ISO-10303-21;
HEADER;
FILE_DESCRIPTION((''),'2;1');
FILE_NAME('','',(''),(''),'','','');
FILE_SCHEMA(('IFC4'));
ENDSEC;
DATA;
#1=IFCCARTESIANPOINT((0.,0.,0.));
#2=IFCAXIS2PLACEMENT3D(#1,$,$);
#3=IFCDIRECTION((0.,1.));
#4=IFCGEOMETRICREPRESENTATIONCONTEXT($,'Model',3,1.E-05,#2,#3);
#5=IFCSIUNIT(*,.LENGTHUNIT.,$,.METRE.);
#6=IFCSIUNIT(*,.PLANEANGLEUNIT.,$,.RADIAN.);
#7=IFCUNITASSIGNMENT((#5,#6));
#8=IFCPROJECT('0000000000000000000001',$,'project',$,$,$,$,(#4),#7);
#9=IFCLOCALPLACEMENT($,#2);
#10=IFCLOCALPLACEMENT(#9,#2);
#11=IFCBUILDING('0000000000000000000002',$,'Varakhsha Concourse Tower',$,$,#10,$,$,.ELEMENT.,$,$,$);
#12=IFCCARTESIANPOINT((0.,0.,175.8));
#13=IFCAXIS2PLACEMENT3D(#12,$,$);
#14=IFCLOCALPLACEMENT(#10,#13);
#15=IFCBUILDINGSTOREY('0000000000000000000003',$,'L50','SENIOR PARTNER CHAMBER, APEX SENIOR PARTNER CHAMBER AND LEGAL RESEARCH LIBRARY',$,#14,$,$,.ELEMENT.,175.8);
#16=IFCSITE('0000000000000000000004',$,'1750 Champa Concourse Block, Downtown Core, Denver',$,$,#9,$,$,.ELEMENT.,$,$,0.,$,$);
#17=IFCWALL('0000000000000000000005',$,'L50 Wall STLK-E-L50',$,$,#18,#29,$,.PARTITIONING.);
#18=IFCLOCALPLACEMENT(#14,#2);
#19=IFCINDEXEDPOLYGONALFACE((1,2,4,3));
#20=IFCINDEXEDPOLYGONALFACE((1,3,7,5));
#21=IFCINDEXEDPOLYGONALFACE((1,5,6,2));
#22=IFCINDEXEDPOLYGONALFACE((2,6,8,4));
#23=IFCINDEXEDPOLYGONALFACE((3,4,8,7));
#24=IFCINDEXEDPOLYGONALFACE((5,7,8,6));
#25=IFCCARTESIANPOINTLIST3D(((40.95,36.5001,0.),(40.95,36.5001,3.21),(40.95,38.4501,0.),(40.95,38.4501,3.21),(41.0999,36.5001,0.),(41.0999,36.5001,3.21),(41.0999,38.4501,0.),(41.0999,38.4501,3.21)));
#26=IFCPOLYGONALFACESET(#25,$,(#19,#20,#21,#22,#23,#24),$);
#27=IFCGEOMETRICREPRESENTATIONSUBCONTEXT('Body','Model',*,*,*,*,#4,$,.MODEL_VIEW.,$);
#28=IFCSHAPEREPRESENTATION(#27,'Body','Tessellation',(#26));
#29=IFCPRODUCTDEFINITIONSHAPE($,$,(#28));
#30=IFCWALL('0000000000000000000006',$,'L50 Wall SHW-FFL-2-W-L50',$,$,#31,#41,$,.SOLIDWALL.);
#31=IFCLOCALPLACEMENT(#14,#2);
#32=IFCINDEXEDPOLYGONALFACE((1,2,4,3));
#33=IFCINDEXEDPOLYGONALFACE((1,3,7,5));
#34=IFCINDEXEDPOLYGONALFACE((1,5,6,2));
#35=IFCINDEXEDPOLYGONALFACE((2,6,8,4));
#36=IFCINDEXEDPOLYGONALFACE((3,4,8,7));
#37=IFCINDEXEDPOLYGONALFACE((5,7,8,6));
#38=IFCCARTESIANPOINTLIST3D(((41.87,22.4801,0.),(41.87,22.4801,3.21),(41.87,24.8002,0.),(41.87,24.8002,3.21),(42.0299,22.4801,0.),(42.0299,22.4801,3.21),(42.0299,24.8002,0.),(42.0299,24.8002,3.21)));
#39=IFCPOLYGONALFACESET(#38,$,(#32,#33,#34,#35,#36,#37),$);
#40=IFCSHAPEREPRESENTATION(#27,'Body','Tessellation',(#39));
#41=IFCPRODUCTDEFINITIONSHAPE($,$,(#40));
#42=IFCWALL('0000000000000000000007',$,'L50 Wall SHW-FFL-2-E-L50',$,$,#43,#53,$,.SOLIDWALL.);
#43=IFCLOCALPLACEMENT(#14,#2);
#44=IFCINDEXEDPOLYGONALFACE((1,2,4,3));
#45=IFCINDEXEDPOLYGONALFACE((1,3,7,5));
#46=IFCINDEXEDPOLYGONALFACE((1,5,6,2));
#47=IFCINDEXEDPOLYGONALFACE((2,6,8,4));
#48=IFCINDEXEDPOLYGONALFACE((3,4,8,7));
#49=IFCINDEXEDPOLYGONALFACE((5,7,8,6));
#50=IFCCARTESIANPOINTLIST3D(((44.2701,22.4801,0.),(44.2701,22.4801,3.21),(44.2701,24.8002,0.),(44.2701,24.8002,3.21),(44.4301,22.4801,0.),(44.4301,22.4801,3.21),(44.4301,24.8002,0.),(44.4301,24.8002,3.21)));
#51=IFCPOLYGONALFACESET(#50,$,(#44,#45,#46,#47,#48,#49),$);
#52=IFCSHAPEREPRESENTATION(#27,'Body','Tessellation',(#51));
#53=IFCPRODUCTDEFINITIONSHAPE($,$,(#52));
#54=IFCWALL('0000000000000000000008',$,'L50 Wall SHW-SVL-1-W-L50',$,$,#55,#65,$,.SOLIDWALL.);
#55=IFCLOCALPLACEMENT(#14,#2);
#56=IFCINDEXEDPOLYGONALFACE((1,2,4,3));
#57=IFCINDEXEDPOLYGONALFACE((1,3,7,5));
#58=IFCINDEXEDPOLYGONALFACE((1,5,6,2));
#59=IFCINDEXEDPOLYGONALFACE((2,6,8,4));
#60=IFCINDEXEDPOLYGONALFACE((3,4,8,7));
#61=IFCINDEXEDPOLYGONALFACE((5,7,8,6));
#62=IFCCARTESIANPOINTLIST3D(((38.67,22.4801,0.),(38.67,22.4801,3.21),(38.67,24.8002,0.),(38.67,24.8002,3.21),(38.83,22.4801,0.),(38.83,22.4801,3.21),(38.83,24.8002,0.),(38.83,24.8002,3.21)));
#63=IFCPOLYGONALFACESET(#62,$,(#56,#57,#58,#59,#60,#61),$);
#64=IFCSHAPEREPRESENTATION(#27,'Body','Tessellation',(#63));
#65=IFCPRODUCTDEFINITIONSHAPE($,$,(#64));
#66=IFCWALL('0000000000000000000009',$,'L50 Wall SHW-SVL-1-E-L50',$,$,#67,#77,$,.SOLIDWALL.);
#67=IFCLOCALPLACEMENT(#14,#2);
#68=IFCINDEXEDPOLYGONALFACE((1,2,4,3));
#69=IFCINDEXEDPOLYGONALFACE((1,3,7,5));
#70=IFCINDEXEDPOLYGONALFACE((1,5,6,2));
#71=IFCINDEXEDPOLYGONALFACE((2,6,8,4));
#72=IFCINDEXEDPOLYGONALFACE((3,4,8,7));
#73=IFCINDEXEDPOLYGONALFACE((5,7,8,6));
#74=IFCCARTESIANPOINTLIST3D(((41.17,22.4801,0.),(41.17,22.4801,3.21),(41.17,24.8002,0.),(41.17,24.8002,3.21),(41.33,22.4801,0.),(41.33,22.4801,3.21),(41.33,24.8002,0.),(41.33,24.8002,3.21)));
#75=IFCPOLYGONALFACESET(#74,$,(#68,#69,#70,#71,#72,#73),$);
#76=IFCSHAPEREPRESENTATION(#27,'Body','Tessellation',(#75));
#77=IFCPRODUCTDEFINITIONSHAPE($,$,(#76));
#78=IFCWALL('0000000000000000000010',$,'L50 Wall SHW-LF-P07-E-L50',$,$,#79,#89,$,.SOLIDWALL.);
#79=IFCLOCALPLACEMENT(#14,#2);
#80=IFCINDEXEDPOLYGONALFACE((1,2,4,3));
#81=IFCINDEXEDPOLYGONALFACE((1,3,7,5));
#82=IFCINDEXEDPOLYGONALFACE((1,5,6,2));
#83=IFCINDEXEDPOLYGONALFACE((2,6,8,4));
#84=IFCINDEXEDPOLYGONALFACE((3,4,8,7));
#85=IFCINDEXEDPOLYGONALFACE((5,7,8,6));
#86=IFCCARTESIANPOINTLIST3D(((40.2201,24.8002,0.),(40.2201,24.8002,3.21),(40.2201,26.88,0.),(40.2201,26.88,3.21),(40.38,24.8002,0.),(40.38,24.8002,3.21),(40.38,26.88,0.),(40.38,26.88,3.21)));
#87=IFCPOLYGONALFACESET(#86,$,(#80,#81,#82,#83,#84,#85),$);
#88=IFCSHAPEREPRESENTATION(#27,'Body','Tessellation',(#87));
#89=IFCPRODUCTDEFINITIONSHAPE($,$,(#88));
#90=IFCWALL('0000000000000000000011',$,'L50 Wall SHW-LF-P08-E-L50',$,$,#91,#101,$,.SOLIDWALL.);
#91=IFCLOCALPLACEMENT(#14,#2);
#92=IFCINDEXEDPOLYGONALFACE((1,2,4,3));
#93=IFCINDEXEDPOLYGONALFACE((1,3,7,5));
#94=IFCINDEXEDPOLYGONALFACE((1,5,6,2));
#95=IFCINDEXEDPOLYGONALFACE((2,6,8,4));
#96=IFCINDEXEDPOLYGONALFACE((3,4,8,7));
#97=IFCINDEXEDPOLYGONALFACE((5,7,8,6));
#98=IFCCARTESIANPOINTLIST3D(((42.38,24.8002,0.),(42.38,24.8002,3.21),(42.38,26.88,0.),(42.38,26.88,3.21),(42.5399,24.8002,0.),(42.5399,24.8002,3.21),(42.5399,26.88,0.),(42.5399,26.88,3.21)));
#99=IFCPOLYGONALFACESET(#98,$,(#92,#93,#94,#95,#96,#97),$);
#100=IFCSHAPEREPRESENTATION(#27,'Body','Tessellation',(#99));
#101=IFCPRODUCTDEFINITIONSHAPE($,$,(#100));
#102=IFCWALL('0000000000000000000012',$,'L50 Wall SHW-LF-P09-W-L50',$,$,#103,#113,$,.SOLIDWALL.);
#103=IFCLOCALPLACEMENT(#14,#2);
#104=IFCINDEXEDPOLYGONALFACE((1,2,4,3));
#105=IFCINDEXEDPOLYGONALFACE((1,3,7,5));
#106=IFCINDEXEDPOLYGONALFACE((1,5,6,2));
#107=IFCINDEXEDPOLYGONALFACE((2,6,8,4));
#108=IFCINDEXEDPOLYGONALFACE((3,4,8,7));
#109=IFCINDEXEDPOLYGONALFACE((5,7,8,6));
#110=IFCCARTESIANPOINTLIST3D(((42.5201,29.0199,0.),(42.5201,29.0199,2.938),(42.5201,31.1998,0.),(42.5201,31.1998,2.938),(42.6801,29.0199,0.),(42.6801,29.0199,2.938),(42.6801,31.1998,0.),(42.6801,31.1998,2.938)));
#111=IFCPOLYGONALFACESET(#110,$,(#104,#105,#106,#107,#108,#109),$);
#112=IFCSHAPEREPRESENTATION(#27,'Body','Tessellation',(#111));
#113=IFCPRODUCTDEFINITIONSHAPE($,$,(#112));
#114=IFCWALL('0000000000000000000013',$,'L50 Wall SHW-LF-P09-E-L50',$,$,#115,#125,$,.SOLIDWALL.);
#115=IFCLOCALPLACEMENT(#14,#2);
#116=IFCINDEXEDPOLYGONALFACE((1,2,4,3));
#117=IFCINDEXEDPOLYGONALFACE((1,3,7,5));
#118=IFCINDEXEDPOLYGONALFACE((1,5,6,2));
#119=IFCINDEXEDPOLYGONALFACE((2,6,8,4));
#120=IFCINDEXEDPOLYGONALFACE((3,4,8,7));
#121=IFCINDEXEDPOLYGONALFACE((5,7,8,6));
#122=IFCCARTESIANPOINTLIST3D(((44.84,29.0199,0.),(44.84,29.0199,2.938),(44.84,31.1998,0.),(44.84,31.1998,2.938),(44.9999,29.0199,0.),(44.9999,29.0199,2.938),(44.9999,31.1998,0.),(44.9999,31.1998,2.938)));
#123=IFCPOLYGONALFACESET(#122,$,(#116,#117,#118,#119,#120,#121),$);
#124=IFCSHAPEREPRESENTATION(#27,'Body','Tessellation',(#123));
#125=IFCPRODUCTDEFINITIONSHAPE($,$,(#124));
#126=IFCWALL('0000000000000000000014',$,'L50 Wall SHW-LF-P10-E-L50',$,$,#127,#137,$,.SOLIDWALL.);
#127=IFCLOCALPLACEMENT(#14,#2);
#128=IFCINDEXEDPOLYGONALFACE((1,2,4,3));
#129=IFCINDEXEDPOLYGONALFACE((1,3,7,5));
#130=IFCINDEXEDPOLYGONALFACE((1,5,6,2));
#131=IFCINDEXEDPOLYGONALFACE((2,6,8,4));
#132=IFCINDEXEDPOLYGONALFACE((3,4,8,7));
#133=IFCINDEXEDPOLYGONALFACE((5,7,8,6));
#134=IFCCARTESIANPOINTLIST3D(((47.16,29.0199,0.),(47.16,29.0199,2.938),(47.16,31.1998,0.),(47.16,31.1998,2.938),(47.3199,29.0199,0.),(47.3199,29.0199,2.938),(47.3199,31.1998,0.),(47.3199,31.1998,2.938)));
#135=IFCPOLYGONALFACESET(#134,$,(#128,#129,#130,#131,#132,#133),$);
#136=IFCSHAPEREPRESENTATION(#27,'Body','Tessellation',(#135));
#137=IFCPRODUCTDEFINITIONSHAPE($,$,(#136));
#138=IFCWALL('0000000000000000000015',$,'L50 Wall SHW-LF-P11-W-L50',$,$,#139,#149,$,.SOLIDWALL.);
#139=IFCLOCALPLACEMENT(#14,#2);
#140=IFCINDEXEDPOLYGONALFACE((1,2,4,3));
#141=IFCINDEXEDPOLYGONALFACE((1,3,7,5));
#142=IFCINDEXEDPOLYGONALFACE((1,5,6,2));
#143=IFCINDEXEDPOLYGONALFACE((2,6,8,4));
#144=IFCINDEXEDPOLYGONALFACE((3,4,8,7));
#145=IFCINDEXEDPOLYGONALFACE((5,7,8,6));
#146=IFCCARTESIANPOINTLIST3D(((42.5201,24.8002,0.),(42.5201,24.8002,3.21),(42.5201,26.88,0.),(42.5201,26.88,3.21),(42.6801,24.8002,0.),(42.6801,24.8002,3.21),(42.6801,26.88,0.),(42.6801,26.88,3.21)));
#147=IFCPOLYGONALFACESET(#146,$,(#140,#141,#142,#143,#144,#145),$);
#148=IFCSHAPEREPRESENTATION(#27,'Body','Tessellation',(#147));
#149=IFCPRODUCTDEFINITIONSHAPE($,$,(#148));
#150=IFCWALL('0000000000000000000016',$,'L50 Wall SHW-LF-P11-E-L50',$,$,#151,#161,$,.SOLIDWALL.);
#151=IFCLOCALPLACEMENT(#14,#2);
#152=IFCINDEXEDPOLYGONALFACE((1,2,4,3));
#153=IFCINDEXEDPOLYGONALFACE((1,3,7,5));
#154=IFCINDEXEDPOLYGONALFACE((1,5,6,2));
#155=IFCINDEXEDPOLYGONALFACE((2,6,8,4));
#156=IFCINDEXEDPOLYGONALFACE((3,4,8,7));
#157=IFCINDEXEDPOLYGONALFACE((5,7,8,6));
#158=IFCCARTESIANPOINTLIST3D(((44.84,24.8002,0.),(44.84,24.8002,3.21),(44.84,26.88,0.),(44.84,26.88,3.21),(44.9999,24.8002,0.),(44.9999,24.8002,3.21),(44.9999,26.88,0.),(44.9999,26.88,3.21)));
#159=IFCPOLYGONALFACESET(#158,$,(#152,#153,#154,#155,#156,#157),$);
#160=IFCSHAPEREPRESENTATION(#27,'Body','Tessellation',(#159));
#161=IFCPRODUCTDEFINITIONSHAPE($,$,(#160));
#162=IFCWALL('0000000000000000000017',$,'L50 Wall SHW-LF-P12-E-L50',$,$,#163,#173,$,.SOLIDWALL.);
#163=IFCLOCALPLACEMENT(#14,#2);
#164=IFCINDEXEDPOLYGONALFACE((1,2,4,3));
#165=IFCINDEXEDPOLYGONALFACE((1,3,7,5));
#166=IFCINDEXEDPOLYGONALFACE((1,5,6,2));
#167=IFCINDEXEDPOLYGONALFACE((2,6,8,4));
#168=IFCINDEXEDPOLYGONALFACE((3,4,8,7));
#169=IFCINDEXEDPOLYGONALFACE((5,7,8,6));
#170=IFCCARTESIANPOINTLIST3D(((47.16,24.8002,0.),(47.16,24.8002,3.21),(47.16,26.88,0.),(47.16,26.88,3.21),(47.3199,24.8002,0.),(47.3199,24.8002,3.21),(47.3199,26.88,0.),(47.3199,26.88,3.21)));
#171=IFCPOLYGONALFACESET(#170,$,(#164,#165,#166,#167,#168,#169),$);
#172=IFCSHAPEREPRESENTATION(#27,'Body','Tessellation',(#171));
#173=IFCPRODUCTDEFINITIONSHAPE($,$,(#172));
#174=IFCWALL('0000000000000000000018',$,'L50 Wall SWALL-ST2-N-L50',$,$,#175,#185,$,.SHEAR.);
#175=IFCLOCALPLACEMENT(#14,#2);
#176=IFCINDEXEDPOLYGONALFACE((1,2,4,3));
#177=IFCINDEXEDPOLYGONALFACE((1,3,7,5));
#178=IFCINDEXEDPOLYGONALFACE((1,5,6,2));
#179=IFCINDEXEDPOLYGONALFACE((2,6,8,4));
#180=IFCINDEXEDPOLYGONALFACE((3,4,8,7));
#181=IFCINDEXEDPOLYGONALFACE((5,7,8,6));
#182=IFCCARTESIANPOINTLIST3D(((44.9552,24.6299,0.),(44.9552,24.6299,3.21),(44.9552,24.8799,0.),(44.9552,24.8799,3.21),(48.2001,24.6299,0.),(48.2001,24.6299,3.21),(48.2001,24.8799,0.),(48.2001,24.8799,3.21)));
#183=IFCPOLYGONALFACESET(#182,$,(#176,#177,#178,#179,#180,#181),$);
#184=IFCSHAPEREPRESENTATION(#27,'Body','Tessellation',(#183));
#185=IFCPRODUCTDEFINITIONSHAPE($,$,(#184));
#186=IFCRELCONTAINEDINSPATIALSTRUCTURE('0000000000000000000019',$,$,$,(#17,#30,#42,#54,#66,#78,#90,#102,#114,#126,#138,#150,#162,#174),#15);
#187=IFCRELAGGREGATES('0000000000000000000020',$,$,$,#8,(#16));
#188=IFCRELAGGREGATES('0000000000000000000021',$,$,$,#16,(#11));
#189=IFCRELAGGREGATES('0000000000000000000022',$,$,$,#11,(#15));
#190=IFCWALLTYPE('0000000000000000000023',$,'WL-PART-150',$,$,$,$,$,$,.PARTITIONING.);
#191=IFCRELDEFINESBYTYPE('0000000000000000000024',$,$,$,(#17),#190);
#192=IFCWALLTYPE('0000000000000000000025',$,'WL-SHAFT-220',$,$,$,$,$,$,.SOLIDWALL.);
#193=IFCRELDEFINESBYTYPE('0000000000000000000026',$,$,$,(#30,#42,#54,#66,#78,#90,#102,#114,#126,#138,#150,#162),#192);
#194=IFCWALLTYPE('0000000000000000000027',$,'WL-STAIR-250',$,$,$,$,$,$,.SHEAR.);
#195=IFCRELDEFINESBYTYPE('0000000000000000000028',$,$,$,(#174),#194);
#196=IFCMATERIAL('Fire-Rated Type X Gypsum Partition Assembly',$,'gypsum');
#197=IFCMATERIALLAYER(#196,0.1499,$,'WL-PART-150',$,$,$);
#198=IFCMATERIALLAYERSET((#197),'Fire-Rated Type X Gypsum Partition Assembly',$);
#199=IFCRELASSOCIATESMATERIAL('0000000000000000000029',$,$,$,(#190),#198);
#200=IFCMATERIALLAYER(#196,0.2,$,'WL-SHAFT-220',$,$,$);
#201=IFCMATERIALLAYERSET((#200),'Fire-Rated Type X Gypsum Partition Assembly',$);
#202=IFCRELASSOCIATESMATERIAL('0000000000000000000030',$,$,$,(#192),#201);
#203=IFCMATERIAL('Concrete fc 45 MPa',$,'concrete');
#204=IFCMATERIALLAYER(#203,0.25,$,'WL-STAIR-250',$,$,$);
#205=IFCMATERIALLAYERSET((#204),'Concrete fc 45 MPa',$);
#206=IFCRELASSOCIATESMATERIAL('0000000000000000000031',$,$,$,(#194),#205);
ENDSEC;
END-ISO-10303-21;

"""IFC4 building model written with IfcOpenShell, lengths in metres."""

from ifc_helpers import new_model, si_unit, direction, frame, frame_2d, origin, place, context, subcontext, project, spatial, rectangle, extrude, material, layer, layer_set, type_object, element, save


model = new_model("IFC4")

# Units and contexts
model_context = context("Model", 3, precision=1e-05, world=origin(), true_north=direction((0.0, 1.0)))
body_context = subcontext(model_context, "Body", "Model", "MODEL_VIEW")
ifc_project = project(units=[si_unit("LENGTHUNIT", "METRE"), si_unit("PLANEANGLEUNIT", "RADIAN")], contexts=[model_context])

# Site, building, storey
site_placement = place(None, origin())
site = spatial("IfcSite", under=ifc_project, at=site_placement, Name="1750 Champa Concourse Block, Downtown Core, Denver", CompositionType="ELEMENT", RefElevation=0.0)
building_placement = place(site_placement, origin())
building = spatial("IfcBuilding", under=site, at=building_placement, Name="Varakhsha Concourse Tower", CompositionType="ELEMENT")
storey_placement = place(building_placement, frame((0.0, 0.0, 175.8)))
storey = spatial("IfcBuildingStorey", under=building, at=storey_placement, Name="L50", Description="SENIOR PARTNER CHAMBER, APEX SENIOR PARTNER CHAMBER AND LEGAL RESEARCH LIBRARY", CompositionType="ELEMENT", Elevation=175.8)

# Shared definitions
ifc_material_1 = material(Name="Fire-Rated Type X Gypsum Partition Assembly", Category="gypsum")
ifc_layer_1 = layer(ifc_material_1, 0.1499, Name="WL-PART-150")
ifc_layer_set_1 = layer_set([ifc_layer_1], Name="Fire-Rated Type X Gypsum Partition Assembly")
wall_type_1 = type_object("IfcWallType", Name="WL-PART-150", PredefinedType="PARTITIONING", material=ifc_layer_set_1)

# Walls
wall_1_placement = place(storey_placement, frame((41.0249, 36.5, 0.0), z_axis=(0.0, 0.0, 1.0), x_axis=(0.0, 1.0, 0.0)))
element("IfcWall", 1, at=wall_1_placement, inside=storey, type_object=wall_type_1, Name="L50 Wall STLK-E-L50", PredefinedType="PARTITIONING", context=body_context, shape_type="SweptSolid", body=[
    extrude(rectangle(XDim=1.95, YDim=0.1499, at=frame_2d((0.9751, 0.0))), origin(), (0.0, 0.0, 1.0), 3.21),
])
ifc_layer_2 = layer(ifc_material_1, 0.2, Name="WL-SHAFT-220")
ifc_layer_set_2 = layer_set([ifc_layer_2], Name="Fire-Rated Type X Gypsum Partition Assembly")
wall_type_2 = type_object("IfcWallType", Name="WL-SHAFT-220", PredefinedType="SOLIDWALL", material=ifc_layer_set_2)
for number, where, z_axis, x_axis, name in (
    (2, (41.95, 22.48, 0.0), (0.0, 0.0, 1.0), (0.0, 1.0, 0.0), "L50 Wall SHW-FFL-2-W-L50"),
    (3, (44.3501, 22.48, 0.0), (0.0, 0.0, 1.0), (0.0, 1.0, 0.0), "L50 Wall SHW-FFL-2-E-L50"),
    (4, (38.75, 22.48, 0.0), (0.0, 0.0, 1.0), (0.0, 1.0, 0.0), "L50 Wall SHW-SVL-1-W-L50"),
    (5, (41.25, 22.48, 0.0), (0.0, 0.0, 1.0), (0.0, 1.0, 0.0), "L50 Wall SHW-SVL-1-E-L50"),
):
    element("IfcWall", number, at=place(storey_placement, frame(where, z_axis=z_axis, x_axis=x_axis)), inside=storey, type_object=wall_type_2, Name=name, PredefinedType="SOLIDWALL", context=body_context, shape_type="SweptSolid", body=[
        extrude(rectangle(XDim=2.3201, YDim=0.1599, at=frame_2d((1.1602, 0.0))), origin(), (0.0, 0.0, 1.0), 3.21),
    ])
for number, where, z_axis, x_axis, name in (
    (6, (40.3, 24.8, 0.0), (0.0, 0.0, 1.0), (0.0, 1.0, 0.0), "L50 Wall SHW-LF-P07-E-L50"),
    (7, (42.46, 24.8, 0.0), (0.0, 0.0, 1.0), (0.0, 1.0, 0.0), "L50 Wall SHW-LF-P08-E-L50"),
):
    element("IfcWall", number, at=place(storey_placement, frame(where, z_axis=z_axis, x_axis=x_axis)), inside=storey, type_object=wall_type_2, Name=name, PredefinedType="SOLIDWALL", context=body_context, shape_type="SweptSolid", body=[
        extrude(rectangle(XDim=2.0798, YDim=0.1599, at=frame_2d((1.04, 0.0))), origin(), (0.0, 0.0, 1.0), 3.21),
    ])
for number, where, z_axis, x_axis, name in (
    (8, (42.6001, 29.02, 0.0), (0.0, 0.0, 1.0), (0.0, 1.0, 0.0), "L50 Wall SHW-LF-P09-W-L50"),
    (9, (44.9199, 29.02, 0.0), (0.0, 0.0, 1.0), (0.0, 1.0, 0.0), "L50 Wall SHW-LF-P09-E-L50"),
    (10, (47.24, 29.02, 0.0), (0.0, 0.0, 1.0), (0.0, 1.0, 0.0), "L50 Wall SHW-LF-P10-E-L50"),
):
    element("IfcWall", number, at=place(storey_placement, frame(where, z_axis=z_axis, x_axis=x_axis)), inside=storey, type_object=wall_type_2, Name=name, PredefinedType="SOLIDWALL", context=body_context, shape_type="SweptSolid", body=[
        extrude(rectangle(XDim=2.1799, YDim=0.1599, at=frame_2d((1.0898, 0.0))), origin(), (0.0, 0.0, 1.0), 2.938),
    ])
for number, where, z_axis, x_axis, name in (
    (11, (42.6001, 24.8, 0.0), (0.0, 0.0, 1.0), (0.0, 1.0, 0.0), "L50 Wall SHW-LF-P11-W-L50"),
    (12, (44.9199, 24.8, 0.0), (0.0, 0.0, 1.0), (0.0, 1.0, 0.0), "L50 Wall SHW-LF-P11-E-L50"),
    (13, (47.24, 24.8, 0.0), (0.0, 0.0, 1.0), (0.0, 1.0, 0.0), "L50 Wall SHW-LF-P12-E-L50"),
):
    element("IfcWall", number, at=place(storey_placement, frame(where, z_axis=z_axis, x_axis=x_axis)), inside=storey, type_object=wall_type_2, Name=name, PredefinedType="SOLIDWALL", context=body_context, shape_type="SweptSolid", body=[
        extrude(rectangle(XDim=2.0798, YDim=0.1599, at=frame_2d((1.04, 0.0))), origin(), (0.0, 0.0, 1.0), 3.21),
    ])
ifc_material_2 = material(Name="Concrete fc 45 MPa", Category="concrete")
ifc_layer_3 = layer(ifc_material_2, 0.25, Name="WL-STAIR-250")
ifc_layer_set_3 = layer_set([ifc_layer_3], Name="Concrete fc 45 MPa")
wall_type_3 = type_object("IfcWallType", Name="WL-STAIR-250", PredefinedType="SHEAR", material=ifc_layer_set_3)
wall_2_placement = place(storey_placement, frame((44.9551, 24.7549, 0.0), z_axis=(0.0, 0.0, 1.0), x_axis=(1.0, 0.0, 0.0)))
element("IfcWall", 14, at=wall_2_placement, inside=storey, type_object=wall_type_3, Name="L50 Wall SWALL-ST2-N-L50", PredefinedType="SHEAR", context=body_context, shape_type="SweptSolid", body=[
    extrude(rectangle(XDim=3.2449, YDim=0.25, at=frame_2d((1.6226, 0.0))), origin(), (0.0, 0.0, 1.0), 3.21),
])

save(model, "model.ifc")
